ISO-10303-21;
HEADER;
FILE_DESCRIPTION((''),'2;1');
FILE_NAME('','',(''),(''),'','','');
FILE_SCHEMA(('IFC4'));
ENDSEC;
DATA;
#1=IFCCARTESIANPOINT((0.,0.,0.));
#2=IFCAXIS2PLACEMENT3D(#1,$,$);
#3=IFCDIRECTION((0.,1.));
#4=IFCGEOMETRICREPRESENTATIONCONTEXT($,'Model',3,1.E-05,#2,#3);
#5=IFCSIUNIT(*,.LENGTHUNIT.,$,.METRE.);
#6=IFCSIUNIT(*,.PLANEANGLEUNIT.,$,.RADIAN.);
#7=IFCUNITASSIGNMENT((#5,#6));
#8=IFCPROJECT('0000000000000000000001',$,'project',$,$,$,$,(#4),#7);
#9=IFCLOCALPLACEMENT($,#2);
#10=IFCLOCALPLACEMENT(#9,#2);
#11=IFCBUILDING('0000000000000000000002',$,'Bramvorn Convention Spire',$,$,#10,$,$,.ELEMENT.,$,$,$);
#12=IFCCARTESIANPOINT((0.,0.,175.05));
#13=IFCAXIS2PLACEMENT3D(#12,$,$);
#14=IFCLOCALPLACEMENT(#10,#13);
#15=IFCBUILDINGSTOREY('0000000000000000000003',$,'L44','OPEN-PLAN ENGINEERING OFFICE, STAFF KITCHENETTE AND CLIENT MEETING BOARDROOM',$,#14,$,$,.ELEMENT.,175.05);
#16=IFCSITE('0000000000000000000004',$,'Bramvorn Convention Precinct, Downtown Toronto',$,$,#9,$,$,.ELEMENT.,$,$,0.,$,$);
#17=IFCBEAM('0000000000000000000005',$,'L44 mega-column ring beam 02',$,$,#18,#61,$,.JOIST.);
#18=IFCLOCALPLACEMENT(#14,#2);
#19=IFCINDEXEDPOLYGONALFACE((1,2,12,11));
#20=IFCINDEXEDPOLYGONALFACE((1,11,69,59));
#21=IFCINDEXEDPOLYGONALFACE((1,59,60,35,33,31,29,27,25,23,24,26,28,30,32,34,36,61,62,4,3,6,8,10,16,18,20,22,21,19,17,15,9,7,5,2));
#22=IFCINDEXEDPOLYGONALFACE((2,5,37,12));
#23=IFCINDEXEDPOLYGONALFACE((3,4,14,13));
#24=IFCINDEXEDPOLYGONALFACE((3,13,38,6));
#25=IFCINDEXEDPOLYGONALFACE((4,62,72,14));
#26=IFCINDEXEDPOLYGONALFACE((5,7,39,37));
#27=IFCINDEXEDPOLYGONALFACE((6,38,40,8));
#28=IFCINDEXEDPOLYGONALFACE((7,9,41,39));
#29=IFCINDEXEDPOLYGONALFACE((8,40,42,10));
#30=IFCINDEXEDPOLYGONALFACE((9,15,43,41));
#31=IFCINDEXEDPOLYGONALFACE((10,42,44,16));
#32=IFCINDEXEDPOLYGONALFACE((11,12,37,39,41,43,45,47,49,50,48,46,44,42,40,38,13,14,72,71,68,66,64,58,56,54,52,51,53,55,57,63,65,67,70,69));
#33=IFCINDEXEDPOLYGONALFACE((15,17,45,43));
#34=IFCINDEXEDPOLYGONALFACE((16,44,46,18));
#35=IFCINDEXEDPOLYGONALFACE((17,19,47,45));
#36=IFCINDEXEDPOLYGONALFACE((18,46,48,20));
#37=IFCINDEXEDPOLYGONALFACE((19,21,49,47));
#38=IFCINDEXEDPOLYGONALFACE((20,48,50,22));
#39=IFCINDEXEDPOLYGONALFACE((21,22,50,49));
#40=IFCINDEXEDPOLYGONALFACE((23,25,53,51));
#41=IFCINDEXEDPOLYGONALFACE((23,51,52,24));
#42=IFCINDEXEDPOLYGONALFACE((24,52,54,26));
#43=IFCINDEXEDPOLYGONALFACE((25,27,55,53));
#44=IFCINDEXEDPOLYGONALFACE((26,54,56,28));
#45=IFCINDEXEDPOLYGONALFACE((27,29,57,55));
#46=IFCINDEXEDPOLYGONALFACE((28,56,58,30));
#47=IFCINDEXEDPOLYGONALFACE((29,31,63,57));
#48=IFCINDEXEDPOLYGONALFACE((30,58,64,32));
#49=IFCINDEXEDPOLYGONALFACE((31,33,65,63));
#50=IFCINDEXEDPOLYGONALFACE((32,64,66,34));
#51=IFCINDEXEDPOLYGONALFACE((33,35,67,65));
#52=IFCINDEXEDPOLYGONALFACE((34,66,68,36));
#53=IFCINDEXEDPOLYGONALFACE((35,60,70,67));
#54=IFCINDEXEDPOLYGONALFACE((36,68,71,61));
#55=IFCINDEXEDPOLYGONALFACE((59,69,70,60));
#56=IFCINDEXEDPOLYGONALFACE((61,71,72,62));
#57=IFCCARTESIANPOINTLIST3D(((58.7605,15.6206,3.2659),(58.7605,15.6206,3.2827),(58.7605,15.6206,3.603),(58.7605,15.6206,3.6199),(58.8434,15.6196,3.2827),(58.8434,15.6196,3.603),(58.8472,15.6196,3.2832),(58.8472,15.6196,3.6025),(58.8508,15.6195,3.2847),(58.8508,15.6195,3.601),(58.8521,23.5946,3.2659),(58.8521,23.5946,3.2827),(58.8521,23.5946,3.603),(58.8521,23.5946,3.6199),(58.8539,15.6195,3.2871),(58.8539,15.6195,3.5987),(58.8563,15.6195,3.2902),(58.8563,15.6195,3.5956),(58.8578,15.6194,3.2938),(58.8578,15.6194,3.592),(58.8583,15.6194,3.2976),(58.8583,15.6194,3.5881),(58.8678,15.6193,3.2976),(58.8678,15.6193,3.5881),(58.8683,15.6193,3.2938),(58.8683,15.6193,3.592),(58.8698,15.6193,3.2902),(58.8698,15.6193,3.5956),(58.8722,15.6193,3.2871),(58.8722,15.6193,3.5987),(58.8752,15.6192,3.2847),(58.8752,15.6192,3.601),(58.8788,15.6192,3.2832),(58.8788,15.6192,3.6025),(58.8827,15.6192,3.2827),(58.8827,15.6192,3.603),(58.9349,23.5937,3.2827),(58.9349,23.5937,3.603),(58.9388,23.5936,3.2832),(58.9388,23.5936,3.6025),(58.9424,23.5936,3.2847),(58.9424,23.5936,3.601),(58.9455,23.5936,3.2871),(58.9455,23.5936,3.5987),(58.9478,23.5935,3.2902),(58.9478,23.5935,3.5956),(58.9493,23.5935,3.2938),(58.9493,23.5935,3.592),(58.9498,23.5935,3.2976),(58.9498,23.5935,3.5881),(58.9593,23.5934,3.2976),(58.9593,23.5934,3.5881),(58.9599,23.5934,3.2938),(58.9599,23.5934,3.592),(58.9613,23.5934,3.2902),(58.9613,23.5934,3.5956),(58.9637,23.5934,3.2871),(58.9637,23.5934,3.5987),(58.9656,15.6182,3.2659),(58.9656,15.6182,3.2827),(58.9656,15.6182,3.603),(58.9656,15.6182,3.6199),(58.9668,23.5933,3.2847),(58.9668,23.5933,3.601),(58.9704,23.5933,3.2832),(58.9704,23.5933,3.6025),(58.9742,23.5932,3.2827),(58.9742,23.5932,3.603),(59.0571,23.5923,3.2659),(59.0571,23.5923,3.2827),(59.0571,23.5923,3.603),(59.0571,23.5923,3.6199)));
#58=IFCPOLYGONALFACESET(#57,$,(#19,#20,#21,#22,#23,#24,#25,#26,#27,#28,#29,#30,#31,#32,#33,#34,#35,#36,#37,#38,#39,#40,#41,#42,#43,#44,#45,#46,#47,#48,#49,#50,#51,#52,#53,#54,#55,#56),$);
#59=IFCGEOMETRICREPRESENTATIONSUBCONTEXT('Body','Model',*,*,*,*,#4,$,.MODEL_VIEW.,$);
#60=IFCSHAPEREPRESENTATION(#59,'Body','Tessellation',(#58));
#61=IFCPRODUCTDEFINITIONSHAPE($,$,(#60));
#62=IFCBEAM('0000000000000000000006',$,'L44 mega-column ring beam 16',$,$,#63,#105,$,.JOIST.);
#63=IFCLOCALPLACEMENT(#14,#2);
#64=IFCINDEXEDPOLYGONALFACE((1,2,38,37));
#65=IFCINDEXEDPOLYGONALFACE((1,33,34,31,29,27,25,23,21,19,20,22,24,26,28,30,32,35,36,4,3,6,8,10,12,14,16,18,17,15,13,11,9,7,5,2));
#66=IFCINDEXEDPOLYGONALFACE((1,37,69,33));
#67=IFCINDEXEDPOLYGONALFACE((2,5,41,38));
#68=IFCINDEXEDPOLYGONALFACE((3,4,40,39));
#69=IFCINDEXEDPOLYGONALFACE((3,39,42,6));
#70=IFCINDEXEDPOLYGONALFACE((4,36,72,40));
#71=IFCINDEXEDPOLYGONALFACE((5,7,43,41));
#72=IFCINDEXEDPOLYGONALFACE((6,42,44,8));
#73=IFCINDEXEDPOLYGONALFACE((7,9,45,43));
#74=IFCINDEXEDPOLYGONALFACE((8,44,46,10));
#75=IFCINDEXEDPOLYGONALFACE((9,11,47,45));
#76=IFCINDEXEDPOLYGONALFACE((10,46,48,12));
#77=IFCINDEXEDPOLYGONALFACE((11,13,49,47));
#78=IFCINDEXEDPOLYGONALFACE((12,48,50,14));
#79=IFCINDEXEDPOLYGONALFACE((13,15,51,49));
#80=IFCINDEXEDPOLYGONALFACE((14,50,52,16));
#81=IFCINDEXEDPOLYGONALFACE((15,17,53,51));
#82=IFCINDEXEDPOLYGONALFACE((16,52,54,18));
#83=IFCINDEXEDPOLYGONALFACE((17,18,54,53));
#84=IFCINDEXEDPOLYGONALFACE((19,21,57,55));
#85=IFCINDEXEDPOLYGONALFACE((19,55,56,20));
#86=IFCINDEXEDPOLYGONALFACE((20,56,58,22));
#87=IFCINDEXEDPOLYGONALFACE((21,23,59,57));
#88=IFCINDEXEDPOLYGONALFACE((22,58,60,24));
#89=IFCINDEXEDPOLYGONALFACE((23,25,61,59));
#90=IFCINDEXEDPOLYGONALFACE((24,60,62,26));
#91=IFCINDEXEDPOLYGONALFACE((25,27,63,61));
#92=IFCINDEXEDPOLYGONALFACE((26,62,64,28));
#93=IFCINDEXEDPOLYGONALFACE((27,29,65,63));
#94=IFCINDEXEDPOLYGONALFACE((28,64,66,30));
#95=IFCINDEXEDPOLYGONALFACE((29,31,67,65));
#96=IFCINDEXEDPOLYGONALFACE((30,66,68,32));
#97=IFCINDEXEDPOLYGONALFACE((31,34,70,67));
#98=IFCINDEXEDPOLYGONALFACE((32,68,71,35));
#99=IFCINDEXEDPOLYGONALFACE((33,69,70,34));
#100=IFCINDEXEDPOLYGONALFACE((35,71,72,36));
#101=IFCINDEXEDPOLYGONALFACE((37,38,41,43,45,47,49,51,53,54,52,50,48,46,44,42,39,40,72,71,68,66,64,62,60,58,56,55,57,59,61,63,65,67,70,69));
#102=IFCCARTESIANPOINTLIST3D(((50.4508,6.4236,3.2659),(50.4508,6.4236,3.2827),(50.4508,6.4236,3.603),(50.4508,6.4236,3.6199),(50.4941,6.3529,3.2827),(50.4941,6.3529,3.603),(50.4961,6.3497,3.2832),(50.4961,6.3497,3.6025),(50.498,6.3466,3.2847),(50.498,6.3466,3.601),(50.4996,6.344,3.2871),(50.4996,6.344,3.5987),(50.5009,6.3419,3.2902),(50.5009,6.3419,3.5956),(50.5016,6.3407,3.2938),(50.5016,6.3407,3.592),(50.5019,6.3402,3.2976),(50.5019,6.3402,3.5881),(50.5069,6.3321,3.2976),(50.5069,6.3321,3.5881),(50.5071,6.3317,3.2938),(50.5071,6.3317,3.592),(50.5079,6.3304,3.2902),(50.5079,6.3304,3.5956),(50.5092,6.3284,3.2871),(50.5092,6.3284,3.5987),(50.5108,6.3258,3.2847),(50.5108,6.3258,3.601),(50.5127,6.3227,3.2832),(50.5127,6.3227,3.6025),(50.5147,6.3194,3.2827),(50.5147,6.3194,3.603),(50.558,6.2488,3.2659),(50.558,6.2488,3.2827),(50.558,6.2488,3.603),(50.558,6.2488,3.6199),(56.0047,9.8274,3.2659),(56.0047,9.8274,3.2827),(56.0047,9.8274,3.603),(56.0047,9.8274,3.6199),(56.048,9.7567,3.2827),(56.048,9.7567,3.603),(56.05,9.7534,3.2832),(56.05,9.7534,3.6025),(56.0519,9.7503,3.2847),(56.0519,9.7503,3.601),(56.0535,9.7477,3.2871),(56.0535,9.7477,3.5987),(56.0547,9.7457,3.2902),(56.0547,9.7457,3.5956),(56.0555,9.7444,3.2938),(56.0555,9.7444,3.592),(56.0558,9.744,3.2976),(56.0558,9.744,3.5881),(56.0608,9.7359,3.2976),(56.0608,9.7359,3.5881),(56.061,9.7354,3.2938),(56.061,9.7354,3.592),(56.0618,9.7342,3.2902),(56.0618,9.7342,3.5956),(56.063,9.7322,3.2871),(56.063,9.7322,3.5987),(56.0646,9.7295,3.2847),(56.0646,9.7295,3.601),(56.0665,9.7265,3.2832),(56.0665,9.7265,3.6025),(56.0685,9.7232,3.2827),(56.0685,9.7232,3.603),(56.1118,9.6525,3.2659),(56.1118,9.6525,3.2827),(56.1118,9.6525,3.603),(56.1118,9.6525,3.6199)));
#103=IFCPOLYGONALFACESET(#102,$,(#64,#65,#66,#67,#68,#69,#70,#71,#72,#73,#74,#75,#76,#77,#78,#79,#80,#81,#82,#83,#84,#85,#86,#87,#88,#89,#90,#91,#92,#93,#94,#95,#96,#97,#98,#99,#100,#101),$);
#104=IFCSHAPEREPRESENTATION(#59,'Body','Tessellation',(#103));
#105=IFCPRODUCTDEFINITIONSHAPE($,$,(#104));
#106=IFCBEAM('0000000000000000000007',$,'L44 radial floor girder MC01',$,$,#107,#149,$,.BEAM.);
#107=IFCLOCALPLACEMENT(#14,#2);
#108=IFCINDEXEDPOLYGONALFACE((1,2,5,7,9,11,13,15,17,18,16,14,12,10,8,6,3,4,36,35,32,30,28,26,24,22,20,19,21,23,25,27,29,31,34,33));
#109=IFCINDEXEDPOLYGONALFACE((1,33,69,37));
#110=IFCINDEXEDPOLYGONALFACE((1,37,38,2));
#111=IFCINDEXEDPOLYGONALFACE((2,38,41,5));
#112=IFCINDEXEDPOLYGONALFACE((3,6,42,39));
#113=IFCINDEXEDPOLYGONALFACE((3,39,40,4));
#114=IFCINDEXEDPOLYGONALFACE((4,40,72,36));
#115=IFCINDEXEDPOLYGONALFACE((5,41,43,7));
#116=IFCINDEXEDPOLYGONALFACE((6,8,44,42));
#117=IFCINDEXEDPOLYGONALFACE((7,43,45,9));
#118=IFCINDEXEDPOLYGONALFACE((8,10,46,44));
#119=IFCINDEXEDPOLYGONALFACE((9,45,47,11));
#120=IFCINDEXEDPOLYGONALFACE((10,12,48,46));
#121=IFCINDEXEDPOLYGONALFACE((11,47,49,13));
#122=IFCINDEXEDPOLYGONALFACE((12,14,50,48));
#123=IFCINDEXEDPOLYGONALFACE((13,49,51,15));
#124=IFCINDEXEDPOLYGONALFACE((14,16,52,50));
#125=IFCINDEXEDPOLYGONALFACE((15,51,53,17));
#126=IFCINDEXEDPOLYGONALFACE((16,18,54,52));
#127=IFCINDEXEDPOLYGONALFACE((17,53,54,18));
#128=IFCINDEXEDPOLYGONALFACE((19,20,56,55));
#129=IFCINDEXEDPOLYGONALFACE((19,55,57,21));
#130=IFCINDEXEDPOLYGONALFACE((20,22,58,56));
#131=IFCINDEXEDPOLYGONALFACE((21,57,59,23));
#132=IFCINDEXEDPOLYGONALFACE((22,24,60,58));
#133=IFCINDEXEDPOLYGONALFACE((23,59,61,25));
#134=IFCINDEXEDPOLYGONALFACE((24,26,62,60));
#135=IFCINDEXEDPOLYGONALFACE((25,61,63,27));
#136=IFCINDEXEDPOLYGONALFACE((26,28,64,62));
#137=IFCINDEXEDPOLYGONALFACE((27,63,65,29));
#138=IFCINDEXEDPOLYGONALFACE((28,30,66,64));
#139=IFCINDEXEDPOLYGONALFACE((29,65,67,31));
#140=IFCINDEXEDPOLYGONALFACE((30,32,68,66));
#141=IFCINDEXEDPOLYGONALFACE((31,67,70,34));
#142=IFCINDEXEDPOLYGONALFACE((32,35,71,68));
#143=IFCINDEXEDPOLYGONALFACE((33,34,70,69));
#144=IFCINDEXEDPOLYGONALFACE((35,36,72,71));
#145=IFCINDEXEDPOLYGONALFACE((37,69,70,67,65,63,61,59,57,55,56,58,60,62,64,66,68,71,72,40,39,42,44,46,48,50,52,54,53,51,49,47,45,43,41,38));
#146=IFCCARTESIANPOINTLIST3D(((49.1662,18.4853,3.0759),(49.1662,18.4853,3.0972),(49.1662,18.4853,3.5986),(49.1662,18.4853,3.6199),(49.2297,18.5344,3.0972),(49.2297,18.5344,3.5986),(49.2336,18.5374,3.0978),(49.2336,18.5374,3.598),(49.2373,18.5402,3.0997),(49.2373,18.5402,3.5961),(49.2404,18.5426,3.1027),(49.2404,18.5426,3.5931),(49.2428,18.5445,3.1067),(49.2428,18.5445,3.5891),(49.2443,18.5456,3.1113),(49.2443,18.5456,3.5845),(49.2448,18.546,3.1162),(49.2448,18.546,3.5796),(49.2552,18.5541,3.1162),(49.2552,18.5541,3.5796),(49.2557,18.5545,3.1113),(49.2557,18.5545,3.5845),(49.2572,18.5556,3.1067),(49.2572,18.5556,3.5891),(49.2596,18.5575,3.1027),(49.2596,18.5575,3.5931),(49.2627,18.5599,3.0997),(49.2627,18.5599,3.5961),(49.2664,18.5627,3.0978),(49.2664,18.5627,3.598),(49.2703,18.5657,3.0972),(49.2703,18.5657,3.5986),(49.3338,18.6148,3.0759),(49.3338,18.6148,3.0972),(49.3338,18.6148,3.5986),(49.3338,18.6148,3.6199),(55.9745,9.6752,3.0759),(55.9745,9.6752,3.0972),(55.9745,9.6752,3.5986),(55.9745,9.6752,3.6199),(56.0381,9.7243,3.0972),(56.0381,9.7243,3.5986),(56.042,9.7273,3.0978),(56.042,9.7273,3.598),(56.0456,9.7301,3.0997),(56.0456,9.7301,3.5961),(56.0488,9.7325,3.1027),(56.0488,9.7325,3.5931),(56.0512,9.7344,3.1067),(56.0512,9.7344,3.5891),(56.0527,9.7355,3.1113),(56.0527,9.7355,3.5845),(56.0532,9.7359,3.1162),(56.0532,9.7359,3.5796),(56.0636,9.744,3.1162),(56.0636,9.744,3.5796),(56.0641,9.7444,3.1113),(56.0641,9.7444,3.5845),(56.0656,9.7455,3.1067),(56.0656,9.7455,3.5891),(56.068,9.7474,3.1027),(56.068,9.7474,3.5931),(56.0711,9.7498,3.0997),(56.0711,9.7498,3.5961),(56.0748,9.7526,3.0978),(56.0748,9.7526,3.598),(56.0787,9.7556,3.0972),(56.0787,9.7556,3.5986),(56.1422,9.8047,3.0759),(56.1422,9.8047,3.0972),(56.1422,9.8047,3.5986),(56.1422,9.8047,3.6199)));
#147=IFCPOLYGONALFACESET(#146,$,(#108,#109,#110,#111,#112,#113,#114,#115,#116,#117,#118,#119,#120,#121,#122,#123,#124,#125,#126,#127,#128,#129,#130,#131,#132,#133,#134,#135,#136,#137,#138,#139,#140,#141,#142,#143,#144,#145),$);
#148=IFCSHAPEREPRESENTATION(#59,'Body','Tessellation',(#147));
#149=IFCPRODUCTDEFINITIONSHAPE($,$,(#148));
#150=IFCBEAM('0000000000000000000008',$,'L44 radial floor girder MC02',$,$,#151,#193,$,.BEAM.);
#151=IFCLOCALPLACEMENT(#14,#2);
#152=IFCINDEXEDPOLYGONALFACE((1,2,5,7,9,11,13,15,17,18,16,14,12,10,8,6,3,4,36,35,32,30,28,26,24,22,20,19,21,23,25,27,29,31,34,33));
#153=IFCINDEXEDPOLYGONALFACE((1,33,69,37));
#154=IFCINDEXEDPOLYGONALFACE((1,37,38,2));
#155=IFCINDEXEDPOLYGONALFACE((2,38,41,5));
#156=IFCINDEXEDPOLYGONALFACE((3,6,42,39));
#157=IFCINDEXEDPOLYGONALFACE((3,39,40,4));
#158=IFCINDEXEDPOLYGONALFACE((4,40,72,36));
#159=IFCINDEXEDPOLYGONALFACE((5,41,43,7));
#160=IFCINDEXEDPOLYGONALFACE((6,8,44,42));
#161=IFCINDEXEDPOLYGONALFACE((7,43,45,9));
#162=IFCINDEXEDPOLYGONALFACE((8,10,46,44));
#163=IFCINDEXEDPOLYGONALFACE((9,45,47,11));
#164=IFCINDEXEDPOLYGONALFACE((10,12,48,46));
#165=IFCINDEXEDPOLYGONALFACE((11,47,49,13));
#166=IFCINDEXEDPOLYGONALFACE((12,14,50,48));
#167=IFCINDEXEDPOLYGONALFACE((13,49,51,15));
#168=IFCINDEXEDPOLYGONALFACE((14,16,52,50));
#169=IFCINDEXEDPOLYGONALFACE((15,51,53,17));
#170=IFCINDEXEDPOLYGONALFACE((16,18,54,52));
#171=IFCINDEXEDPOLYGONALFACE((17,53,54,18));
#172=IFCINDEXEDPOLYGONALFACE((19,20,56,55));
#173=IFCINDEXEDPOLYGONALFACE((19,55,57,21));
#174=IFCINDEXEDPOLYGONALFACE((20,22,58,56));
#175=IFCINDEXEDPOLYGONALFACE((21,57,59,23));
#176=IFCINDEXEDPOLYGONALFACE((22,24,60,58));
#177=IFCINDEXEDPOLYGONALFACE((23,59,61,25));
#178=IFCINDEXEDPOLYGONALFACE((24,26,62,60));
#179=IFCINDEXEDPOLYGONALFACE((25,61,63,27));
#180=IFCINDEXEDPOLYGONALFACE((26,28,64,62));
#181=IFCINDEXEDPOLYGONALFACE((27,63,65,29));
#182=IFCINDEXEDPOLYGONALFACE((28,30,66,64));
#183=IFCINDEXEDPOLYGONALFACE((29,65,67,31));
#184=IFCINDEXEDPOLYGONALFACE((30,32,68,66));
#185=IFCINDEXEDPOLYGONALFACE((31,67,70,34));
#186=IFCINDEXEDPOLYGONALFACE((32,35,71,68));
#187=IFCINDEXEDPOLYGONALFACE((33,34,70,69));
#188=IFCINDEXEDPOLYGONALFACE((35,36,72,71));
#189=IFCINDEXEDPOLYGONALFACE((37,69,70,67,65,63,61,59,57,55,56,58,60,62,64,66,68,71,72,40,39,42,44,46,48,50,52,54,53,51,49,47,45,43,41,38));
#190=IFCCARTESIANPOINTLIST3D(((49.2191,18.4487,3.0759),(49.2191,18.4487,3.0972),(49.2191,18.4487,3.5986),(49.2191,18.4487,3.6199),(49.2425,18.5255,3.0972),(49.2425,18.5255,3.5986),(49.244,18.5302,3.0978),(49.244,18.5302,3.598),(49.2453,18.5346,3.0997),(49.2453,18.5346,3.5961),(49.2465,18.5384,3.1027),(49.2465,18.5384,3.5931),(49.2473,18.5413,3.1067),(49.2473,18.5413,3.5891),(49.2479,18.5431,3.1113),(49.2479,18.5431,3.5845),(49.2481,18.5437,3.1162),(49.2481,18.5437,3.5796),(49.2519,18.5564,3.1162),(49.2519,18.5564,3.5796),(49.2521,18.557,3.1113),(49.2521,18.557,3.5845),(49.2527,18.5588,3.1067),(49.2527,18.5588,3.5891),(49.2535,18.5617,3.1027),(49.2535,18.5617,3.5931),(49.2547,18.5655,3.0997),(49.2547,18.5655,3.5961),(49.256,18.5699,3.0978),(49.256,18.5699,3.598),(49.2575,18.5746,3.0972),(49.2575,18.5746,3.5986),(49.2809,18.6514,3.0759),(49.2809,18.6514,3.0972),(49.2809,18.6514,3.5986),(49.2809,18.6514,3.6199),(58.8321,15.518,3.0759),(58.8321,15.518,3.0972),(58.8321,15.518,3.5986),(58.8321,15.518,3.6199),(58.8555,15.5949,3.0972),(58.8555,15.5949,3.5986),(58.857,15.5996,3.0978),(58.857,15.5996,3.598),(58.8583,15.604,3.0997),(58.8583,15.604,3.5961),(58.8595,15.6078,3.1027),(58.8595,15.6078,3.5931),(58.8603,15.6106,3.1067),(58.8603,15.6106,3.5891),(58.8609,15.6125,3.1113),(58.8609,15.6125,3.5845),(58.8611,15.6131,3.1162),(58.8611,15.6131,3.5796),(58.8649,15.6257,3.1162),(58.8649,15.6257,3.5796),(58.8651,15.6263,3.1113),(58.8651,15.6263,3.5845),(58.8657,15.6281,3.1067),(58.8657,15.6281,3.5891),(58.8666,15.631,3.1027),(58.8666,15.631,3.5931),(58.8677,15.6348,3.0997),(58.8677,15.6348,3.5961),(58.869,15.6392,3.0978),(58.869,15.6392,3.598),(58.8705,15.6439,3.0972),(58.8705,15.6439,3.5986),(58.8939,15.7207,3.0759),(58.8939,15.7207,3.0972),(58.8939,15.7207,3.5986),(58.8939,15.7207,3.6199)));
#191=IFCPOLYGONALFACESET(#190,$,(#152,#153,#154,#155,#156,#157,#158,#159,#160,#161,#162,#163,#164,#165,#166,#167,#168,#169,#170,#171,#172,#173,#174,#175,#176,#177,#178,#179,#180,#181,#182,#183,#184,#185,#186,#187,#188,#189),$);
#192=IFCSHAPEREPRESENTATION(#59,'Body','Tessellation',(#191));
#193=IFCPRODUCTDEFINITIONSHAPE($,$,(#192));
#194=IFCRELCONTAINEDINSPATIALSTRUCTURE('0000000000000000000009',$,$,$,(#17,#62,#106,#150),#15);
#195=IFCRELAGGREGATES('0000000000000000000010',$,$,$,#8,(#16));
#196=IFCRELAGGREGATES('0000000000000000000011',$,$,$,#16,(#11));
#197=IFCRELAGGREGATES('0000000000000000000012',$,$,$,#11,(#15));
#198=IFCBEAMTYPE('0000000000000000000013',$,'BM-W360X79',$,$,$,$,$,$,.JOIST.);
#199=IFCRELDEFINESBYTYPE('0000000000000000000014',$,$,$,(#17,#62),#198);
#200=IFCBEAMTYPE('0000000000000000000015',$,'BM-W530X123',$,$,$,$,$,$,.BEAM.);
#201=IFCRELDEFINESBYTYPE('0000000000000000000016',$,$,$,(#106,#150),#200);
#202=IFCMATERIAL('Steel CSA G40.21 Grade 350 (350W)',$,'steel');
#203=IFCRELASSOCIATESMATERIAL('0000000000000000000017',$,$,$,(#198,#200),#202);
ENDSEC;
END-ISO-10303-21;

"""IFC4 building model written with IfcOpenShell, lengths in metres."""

from ifc_helpers import new_model, si_unit, direction, frame, origin, origin_2d, place, context, subcontext, project, spatial, i_section, extrude, material, material_profile, profile_set, type_object, element, save


model = new_model("IFC4")

# Units and contexts
model_context = context("Model", 3, precision=1e-05, world=origin(), true_north=direction((0.0, 1.0)))
body_context = subcontext(model_context, "Body", "Model", "MODEL_VIEW")
ifc_project = project(units=[si_unit("LENGTHUNIT", "METRE"), si_unit("PLANEANGLEUNIT", "RADIAN")], contexts=[model_context])

# Site, building, storey
site_placement = place(None, origin())
site = spatial("IfcSite", under=ifc_project, at=site_placement, Name="Bramvorn Convention Precinct, Downtown Toronto", CompositionType="ELEMENT", RefElevation=0.0)
building_placement = place(site_placement, origin())
building = spatial("IfcBuilding", under=site, at=building_placement, Name="Bramvorn Convention Spire", CompositionType="ELEMENT")
storey_placement = place(building_placement, frame((0.0, 0.0, 175.05)))
storey = spatial("IfcBuildingStorey", under=building, at=storey_placement, Name="L44", Description="OPEN-PLAN ENGINEERING OFFICE, STAFF KITCHENETTE AND CLIENT MEETING BOARDROOM", CompositionType="ELEMENT", Elevation=175.05)

# Shared definitions
ifc_material_1 = material(Name="Steel CSA G40.21 Grade 350 (350W)", Category="steel")

# Beams
ifc_material_profile_1 = material_profile(ifc_material_1, i_section(OverallWidth=0.2051, OverallDepth=0.354, WebThickness=0.0095, FlangeThickness=0.0168, FilletRadius=0.0149, at=origin_2d()))
ifc_profile_set_1 = profile_set([ifc_material_profile_1], Name="Steel CSA G40.21 Grade 350 (350W) - W360X79")
beam_type_1 = type_object("IfcBeamType", Name="BM-W360X79", PredefinedType="JOIST", material=ifc_profile_set_1)
beam_1_placement = place(storey_placement, frame((58.863, 15.6194, 3.4429), z_axis=(0.01148, 0.999934, 0.0), x_axis=(-0.999934, 0.01148, 0.0)))
element("IfcBeam", 1, at=beam_1_placement, inside=storey, type_object=beam_type_1, Name="L44 mega-column ring beam 02", PredefinedType="JOIST", context=body_context, shape_type="SweptSolid", body=[
    extrude(i_section(OverallWidth=0.2051, OverallDepth=0.354, WebThickness=0.0095, FlangeThickness=0.0168, FilletRadius=0.0149, at=origin_2d()), origin(), (0.0, 0.0, 1.0), 7.9746),
])
beam_2_placement = place(storey_placement, frame((50.5044, 6.3362, 3.4429), z_axis=(0.852617, 0.522537, 0.0), x_axis=(-0.522537, 0.852617, 0.0)))
element("IfcBeam", 2, at=beam_2_placement, inside=storey, type_object=beam_type_1, Name="L44 mega-column ring beam 16", PredefinedType="JOIST", context=body_context, shape_type="SweptSolid", body=[
    extrude(i_section(OverallWidth=0.2051, OverallDepth=0.354, WebThickness=0.0095, FlangeThickness=0.0168, FilletRadius=0.0149, at=origin_2d()), origin(), (0.0, 0.0, 1.0), 6.5139),
])
ifc_material_profile_2 = material_profile(ifc_material_1, i_section(OverallWidth=0.2119, OverallDepth=0.5439, WebThickness=0.0132, FlangeThickness=0.0212, FilletRadius=0.019, at=origin_2d()))
ifc_profile_set_2 = profile_set([ifc_material_profile_2], Name="Steel CSA G40.21 Grade 350 (350W) - W530X123")
beam_type_2 = type_object("IfcBeamType", Name="BM-W530X123", PredefinedType="BEAM", material=ifc_profile_set_2)
beam_3_placement = place(storey_placement, frame((49.25, 18.55, 3.3479), z_axis=(0.61148, -0.79126, 0.0), x_axis=(0.79126, 0.61148, 0.0)))
element("IfcBeam", 3, at=beam_3_placement, inside=storey, type_object=beam_type_2, Name="L44 radial floor girder MC01", PredefinedType="BEAM", context=body_context, shape_type="SweptSolid", body=[
    extrude(i_section(OverallWidth=0.2119, OverallDepth=0.5439, WebThickness=0.0132, FlangeThickness=0.0212, FilletRadius=0.019, at=origin_2d()), origin(), (0.0, 0.0, 1.0), 11.1343),
])
beam_4_placement = place(storey_placement, frame((49.25, 18.55, 3.3479), z_axis=(0.956536, -0.291613, 0.0), x_axis=(0.291613, 0.956536, 0.0)))
element("IfcBeam", 4, at=beam_4_placement, inside=storey, type_object=beam_type_2, Name="L44 radial floor girder MC02", PredefinedType="BEAM", context=body_context, shape_type="SweptSolid", body=[
    extrude(i_section(OverallWidth=0.2119, OverallDepth=0.5439, WebThickness=0.0132, FlangeThickness=0.0212, FilletRadius=0.019, at=origin_2d()), origin(), (0.0, 0.0, 1.0), 10.0498),
])

save(model, "model.ifc")
